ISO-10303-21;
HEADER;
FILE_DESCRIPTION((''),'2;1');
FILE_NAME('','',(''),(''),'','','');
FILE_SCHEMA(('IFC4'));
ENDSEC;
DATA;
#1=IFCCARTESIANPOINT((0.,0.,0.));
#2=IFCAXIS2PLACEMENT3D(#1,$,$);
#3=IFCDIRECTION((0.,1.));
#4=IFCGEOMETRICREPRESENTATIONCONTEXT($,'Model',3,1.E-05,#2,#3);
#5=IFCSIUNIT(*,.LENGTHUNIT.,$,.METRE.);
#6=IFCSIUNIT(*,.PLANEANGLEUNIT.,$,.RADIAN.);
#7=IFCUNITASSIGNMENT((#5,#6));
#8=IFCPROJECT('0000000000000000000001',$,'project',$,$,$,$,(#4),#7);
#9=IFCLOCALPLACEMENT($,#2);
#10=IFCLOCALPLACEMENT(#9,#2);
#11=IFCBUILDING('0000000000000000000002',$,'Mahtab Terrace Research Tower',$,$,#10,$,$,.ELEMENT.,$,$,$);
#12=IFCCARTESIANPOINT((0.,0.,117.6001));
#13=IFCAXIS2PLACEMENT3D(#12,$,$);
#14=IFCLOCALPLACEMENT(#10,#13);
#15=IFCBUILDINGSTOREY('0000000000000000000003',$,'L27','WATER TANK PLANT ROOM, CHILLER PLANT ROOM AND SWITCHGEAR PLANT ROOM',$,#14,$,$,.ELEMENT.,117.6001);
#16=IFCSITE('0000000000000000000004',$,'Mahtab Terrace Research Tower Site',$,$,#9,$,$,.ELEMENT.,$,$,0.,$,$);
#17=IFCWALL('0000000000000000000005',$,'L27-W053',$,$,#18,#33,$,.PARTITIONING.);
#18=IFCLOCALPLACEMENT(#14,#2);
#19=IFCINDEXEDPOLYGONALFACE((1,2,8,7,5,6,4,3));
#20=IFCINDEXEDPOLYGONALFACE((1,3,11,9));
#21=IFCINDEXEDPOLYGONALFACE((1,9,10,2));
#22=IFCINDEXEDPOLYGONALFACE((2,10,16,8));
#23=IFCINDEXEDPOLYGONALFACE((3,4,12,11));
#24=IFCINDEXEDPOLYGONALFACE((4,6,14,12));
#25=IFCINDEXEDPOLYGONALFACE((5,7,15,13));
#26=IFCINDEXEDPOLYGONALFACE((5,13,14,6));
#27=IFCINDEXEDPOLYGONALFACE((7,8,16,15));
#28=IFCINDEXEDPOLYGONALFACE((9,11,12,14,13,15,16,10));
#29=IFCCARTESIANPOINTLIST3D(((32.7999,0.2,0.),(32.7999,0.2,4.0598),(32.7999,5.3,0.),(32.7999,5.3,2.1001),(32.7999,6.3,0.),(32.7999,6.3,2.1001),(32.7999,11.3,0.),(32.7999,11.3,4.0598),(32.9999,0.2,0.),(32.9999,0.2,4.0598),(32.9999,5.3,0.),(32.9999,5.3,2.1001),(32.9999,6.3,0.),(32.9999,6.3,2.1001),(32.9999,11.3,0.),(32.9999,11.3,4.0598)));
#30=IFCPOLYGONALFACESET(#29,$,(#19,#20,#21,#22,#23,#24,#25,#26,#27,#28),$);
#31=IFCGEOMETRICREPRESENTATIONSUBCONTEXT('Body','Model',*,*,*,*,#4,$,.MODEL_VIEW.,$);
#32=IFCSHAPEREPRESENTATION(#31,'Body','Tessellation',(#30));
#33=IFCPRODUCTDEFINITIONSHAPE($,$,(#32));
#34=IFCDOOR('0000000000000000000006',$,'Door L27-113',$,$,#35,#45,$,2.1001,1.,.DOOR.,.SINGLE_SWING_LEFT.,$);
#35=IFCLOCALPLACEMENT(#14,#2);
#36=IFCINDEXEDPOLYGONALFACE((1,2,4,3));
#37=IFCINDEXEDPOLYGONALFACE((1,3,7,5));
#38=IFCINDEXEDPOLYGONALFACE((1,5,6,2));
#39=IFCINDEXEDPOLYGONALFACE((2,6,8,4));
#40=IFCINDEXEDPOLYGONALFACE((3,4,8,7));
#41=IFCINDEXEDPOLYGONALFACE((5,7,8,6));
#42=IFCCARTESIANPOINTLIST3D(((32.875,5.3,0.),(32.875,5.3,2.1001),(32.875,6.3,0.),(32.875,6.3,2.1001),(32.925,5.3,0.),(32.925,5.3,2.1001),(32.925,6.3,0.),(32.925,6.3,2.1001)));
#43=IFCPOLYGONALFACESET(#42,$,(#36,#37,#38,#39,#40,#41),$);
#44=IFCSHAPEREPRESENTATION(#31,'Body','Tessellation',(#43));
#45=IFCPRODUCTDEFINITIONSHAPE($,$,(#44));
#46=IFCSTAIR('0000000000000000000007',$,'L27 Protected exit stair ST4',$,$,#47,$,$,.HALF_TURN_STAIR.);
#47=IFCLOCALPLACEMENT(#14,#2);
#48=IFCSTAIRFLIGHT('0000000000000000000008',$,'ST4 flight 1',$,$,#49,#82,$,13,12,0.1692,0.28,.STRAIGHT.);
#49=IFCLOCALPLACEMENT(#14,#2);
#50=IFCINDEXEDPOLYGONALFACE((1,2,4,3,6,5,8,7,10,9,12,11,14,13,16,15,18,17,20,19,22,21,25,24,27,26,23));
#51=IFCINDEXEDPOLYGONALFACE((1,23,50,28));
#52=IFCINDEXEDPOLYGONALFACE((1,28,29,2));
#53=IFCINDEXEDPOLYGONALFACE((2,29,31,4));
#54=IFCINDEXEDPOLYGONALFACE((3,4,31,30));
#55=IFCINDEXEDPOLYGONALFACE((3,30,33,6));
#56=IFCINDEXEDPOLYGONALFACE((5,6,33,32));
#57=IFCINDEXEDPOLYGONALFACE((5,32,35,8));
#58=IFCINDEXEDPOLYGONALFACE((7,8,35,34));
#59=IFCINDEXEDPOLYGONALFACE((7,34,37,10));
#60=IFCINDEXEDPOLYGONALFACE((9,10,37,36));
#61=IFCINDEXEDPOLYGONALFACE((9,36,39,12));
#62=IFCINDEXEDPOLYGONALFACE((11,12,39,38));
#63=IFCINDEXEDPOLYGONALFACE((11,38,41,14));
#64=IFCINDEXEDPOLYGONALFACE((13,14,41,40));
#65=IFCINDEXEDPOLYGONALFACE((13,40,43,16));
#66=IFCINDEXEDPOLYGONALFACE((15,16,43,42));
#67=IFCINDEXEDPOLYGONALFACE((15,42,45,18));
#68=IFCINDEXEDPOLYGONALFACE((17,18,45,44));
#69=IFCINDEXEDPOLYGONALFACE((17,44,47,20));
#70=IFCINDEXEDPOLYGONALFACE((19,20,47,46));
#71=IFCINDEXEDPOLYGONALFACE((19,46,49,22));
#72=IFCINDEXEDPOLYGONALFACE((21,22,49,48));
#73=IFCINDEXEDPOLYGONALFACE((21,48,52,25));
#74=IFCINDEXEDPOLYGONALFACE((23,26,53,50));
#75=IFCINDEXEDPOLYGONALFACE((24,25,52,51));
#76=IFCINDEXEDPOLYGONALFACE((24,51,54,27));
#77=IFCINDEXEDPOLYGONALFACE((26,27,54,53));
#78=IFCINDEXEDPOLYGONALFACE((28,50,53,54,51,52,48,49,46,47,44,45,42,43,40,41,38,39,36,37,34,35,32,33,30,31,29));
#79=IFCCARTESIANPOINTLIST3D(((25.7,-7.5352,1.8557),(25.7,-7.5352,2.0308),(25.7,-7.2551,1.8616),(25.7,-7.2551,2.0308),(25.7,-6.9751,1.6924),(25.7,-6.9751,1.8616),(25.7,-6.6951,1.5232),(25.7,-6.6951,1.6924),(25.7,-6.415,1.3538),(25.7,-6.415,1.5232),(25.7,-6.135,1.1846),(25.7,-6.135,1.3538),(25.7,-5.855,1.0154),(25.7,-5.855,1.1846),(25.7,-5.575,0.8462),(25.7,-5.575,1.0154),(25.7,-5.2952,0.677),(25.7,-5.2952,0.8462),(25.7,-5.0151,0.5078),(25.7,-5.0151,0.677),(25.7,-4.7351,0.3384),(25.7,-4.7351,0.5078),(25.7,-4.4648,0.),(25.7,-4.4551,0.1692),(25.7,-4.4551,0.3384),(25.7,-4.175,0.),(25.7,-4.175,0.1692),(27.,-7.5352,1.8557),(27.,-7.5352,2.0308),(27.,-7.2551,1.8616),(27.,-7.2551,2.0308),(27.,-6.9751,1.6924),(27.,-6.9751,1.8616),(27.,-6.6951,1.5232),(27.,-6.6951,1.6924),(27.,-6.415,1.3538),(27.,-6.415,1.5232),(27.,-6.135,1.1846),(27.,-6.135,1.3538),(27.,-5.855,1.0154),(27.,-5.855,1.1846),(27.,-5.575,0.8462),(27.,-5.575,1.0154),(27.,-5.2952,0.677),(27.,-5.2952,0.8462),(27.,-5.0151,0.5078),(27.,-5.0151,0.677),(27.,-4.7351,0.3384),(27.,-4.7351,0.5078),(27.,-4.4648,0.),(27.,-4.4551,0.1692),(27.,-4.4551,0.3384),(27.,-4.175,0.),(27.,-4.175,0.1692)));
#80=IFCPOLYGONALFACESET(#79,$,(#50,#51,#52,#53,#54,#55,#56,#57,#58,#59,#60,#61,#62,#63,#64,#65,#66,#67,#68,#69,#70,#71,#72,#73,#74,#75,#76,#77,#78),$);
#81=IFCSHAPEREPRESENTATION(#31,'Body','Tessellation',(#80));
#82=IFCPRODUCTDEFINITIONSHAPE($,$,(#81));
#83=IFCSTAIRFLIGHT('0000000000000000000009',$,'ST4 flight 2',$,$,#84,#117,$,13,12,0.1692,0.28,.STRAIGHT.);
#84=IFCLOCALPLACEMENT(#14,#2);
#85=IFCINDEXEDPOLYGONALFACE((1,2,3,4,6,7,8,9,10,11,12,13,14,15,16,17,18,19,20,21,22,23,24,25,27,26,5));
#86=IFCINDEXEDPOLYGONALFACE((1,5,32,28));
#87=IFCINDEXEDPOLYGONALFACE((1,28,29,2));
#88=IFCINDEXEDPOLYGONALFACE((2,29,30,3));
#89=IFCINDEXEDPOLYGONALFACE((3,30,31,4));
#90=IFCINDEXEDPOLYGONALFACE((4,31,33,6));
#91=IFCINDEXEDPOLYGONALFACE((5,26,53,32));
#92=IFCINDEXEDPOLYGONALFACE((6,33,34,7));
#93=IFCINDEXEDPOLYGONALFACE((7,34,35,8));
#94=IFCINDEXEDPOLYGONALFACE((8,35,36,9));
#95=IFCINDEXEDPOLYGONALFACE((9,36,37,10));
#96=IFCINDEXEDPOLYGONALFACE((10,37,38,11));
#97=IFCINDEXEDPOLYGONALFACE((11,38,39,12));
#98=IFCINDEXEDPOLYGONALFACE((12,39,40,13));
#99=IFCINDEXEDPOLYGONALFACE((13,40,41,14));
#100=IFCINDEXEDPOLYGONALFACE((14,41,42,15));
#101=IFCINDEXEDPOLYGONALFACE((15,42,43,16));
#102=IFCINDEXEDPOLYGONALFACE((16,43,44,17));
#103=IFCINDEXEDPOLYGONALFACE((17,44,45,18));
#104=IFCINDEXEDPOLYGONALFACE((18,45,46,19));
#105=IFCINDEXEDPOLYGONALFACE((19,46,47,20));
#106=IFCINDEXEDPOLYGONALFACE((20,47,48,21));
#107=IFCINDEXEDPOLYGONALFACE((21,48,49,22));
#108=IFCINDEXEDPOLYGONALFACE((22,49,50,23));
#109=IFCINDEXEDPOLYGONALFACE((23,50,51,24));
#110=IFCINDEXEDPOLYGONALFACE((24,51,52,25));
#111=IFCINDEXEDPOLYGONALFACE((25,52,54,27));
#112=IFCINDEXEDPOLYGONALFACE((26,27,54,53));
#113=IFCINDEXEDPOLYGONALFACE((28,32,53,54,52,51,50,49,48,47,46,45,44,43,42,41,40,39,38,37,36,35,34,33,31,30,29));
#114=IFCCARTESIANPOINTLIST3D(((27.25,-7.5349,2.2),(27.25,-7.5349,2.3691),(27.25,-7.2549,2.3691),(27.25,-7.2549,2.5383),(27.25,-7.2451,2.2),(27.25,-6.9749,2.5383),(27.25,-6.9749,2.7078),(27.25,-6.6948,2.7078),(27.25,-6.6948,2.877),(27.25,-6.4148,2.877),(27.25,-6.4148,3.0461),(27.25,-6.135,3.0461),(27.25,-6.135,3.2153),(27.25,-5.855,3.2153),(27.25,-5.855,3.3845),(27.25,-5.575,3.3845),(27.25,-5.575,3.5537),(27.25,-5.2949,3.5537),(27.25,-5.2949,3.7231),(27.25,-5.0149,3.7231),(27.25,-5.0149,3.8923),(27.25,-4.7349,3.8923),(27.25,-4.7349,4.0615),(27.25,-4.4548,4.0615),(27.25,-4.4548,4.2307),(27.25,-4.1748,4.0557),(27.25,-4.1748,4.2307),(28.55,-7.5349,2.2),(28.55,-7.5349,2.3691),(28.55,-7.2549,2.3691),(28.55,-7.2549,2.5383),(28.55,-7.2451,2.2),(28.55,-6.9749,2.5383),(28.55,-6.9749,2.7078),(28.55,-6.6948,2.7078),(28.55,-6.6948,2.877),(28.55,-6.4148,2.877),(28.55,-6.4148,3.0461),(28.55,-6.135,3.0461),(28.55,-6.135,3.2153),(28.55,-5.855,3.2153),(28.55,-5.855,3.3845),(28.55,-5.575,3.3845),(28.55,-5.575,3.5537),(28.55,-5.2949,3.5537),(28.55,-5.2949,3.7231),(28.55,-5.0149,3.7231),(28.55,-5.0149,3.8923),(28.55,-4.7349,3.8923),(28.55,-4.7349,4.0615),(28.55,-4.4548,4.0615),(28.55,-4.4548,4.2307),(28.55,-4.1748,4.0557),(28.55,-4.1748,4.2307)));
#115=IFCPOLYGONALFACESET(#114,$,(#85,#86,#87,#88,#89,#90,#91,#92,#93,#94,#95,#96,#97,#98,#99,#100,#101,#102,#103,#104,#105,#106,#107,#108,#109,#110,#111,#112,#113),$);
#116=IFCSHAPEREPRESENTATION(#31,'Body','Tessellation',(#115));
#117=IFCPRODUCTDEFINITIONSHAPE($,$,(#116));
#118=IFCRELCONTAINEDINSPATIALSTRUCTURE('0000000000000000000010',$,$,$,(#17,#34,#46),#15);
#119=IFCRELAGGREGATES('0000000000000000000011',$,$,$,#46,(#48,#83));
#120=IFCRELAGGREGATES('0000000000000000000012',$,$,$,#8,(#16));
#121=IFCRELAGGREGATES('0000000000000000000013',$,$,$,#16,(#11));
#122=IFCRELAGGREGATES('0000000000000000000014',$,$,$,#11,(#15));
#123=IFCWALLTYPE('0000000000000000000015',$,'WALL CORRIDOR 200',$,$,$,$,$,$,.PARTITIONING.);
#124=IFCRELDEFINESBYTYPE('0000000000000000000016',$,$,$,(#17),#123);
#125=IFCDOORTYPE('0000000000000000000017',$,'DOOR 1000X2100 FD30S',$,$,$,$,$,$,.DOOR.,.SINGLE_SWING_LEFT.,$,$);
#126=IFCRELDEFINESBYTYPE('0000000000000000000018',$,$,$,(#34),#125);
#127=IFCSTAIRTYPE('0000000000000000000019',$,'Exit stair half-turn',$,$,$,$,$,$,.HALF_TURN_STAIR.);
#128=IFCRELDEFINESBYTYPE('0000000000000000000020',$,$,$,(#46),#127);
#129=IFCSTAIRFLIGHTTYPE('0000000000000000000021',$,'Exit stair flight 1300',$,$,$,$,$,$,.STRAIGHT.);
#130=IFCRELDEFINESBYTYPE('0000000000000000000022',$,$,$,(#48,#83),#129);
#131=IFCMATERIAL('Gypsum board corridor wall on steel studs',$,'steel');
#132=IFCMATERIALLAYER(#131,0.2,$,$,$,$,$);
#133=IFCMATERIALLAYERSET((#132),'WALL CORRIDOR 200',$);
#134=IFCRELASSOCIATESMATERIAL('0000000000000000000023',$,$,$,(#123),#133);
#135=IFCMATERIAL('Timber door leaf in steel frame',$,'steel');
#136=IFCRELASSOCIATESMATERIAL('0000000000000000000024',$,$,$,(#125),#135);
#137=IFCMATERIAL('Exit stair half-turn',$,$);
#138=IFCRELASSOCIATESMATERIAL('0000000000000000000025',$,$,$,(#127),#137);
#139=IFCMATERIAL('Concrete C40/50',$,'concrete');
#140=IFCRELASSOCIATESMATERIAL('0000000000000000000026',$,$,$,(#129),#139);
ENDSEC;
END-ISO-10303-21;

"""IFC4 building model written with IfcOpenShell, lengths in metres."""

from ifc_helpers import new_model, si_unit, direction, frame, frame_2d, origin, place, context, subcontext, project, spatial, polyline, rectangle, outline, extrude, material, layer, layer_set, type_object, element, fill, aggregate, save


model = new_model("IFC4")

# Units and contexts
model_context = context("Model", 3, precision=1e-05, world=origin(), true_north=direction((0.0, 1.0)))
body_context = subcontext(model_context, "Body", "Model", "MODEL_VIEW")
ifc_project = project(units=[si_unit("LENGTHUNIT", "METRE"), si_unit("PLANEANGLEUNIT", "RADIAN")], contexts=[model_context])

# Site, building, storey
site_placement = place(None, origin())
site = spatial("IfcSite", under=ifc_project, at=site_placement, Name="Mahtab Terrace Research Tower Site", CompositionType="ELEMENT", RefElevation=0.0)
building_placement = place(site_placement, origin())
building = spatial("IfcBuilding", under=site, at=building_placement, Name="Mahtab Terrace Research Tower", CompositionType="ELEMENT")
storey_placement = place(building_placement, frame((0.0, 0.0, 117.6001)))
storey = spatial("IfcBuildingStorey", under=building, at=storey_placement, Name="L27", Description="WATER TANK PLANT ROOM, CHILLER PLANT ROOM AND SWITCHGEAR PLANT ROOM", CompositionType="ELEMENT", Elevation=117.6001)

# Shared definitions
ifc_material_1 = material(Name="Gypsum board corridor wall on steel studs", Category="steel")
ifc_layer_1 = layer(ifc_material_1, 0.2)
ifc_layer_set_1 = layer_set([ifc_layer_1], Name="WALL CORRIDOR 200")
wall_type_1 = type_object("IfcWallType", Name="WALL CORRIDOR 200", PredefinedType="PARTITIONING", material=ifc_layer_set_1)
ifc_material_2 = material(Name="Timber door leaf in steel frame", Category="steel")

# Wall, opening, door
wall_1_placement = place(storey_placement, frame((32.8999, 0.2, 0.0), z_axis=(0.0, 0.0, 1.0), x_axis=(0.0, 1.0, 0.0)))
wall_1 = element("IfcWall", 1, at=wall_1_placement, inside=storey, type_object=wall_type_1, Name="L27-W053", PredefinedType="PARTITIONING", context=body_context, shape_type="SweptSolid", body=[
    extrude(rectangle(XDim=11.1001, YDim=0.2, at=frame_2d((5.55, 0.0))), origin(), (0.0, 0.0, 1.0), 4.0598),
])
opening_1_placement = place(wall_1_placement, frame((5.1001, 0.0, 0.0)))
opening_1 = element("IfcOpeningElement", 2, at=opening_1_placement, cuts=wall_1, PredefinedType="OPENING", context=body_context, shape_type="SweptSolid", body=[
    extrude(rectangle(XDim=1.0, YDim=2.1001, at=frame_2d((0.5, 1.05))), frame((0.0, 0.1099, 0.0), z_axis=(0.0, -1.0, 0.0), x_axis=(1.0, 0.0, 0.0)), (0.0, 0.0, 1.0), 0.22),
])
door_type_1 = type_object("IfcDoorType", Name="DOOR 1000X2100 FD30S", OperationType="SINGLE_SWING_LEFT", PredefinedType="DOOR", material=ifc_material_2)
door_1_placement = place(opening_1_placement, origin())
door_1 = element("IfcDoor", 3, at=door_1_placement, inside=storey, type_object=door_type_1, Name="Door L27-113", OperationType="SINGLE_SWING_LEFT", OverallHeight=2.1001, OverallWidth=1.0, PredefinedType="DOOR", context=body_context, shape_type="SweptSolid", body=[
    extrude(rectangle(XDim=1.0, YDim=2.1001, at=frame_2d((0.5, 1.05))), frame((0.0, 0.0249, 0.0), z_axis=(0.0, -1.0, 0.0), x_axis=(1.0, 0.0, 0.0)), (0.0, 0.0, 1.0), 0.05),
])
fill(opening_1, door_1)

# Stair, stair flights
ifc_material_3 = material(Name="Exit stair half-turn")
stair_type = type_object("IfcStairType", Name="Exit stair half-turn", PredefinedType="HALF_TURN_STAIR", material=ifc_material_3)
stair_placement = place(storey_placement, origin())
stair = element("IfcStair", 4, at=stair_placement, inside=storey, type_object=stair_type, Name="L27 Protected exit stair ST4", PredefinedType="HALF_TURN_STAIR")
ifc_material_4 = material(Name="Concrete C40/50", Category="concrete")
stair_flight_type = type_object("IfcStairFlightType", Name="Exit stair flight 1300", PredefinedType="STRAIGHT", material=ifc_material_4)
stair_flight_1_placement = place(storey_placement, frame((26.3501, -4.175, 0.0), z_axis=(0.0, 0.0, 1.0), x_axis=(0.0, -1.0, 0.0)))
stair_flight_1 = element("IfcStairFlight", 5, at=stair_flight_1_placement, type_object=stair_flight_type, Name="ST4 flight 1", NumberOfRisers=13, NumberOfTreads=12, PredefinedType="STRAIGHT", RiserHeight=0.1692, TreadLength=0.28, context=body_context, shape_type="SweptSolid", body=[
    extrude(outline(polyline([(0.0, 0.0), (0.0, 0.1692), (0.28, 0.1692), (0.28, 0.3384), (0.5601, 0.3384), (0.5601, 0.5078), (0.8401, 0.5078), (0.8401, 0.677), (1.1201, 0.677), (1.1201, 0.8462), (1.3999, 0.8462), (1.3999, 1.0154), (1.6799, 1.0154), (1.6799, 1.1846), (1.96, 1.1846), (1.96, 1.3538), (2.24, 1.3538), (2.24, 1.5232), (2.52, 1.5232), (2.52, 1.6924), (2.8, 1.6924), (2.8, 1.8616), (3.0801, 1.8616), (3.0801, 2.0308), (3.3601, 2.0308), (3.3601, 2.2), (3.3601, 1.8557), (0.2898, 0.0), (0.0, 0.0)])), frame((0.0, 0.6499, 0.0), z_axis=(0.0, -1.0, 0.0), x_axis=(1.0, 0.0, 0.0)), (0.0, 0.0, 1.0), 1.3),
])
stair_flight_2_placement = place(storey_placement, frame((27.8999, -7.5349, 2.2), z_axis=(0.0, 0.0, 1.0), x_axis=(0.0, 1.0, 0.0)))
stair_flight_2 = element("IfcStairFlight", 6, at=stair_flight_2_placement, type_object=stair_flight_type, Name="ST4 flight 2", NumberOfRisers=13, NumberOfTreads=12, PredefinedType="STRAIGHT", RiserHeight=0.1692, TreadLength=0.28, context=body_context, shape_type="SweptSolid", body=[
    extrude(outline(polyline([(0.0, 0.0), (0.0, 0.1692), (0.28, 0.1692), (0.28, 0.3384), (0.5601, 0.3384), (0.5601, 0.5078), (0.8401, 0.5078), (0.8401, 0.677), (1.1201, 0.677), (1.1201, 0.8462), (1.3999, 0.8462), (1.3999, 1.0154), (1.6799, 1.0154), (1.6799, 1.1846), (1.96, 1.1846), (1.96, 1.3538), (2.24, 1.3538), (2.24, 1.5232), (2.52, 1.5232), (2.52, 1.6924), (2.8, 1.6924), (2.8, 1.8616), (3.0801, 1.8616), (3.0801, 2.0308), (3.3601, 2.0308), (3.3601, 2.2), (3.3601, 1.8557), (0.2898, 0.0), (0.0, 0.0)])), frame((0.0, 0.6499, 0.0), z_axis=(0.0, -1.0, 0.0), x_axis=(1.0, 0.0, 0.0)), (0.0, 0.0, 1.0), 1.3),
])
aggregate(stair, [stair_flight_1, stair_flight_2])

save(model, "model.ifc")
